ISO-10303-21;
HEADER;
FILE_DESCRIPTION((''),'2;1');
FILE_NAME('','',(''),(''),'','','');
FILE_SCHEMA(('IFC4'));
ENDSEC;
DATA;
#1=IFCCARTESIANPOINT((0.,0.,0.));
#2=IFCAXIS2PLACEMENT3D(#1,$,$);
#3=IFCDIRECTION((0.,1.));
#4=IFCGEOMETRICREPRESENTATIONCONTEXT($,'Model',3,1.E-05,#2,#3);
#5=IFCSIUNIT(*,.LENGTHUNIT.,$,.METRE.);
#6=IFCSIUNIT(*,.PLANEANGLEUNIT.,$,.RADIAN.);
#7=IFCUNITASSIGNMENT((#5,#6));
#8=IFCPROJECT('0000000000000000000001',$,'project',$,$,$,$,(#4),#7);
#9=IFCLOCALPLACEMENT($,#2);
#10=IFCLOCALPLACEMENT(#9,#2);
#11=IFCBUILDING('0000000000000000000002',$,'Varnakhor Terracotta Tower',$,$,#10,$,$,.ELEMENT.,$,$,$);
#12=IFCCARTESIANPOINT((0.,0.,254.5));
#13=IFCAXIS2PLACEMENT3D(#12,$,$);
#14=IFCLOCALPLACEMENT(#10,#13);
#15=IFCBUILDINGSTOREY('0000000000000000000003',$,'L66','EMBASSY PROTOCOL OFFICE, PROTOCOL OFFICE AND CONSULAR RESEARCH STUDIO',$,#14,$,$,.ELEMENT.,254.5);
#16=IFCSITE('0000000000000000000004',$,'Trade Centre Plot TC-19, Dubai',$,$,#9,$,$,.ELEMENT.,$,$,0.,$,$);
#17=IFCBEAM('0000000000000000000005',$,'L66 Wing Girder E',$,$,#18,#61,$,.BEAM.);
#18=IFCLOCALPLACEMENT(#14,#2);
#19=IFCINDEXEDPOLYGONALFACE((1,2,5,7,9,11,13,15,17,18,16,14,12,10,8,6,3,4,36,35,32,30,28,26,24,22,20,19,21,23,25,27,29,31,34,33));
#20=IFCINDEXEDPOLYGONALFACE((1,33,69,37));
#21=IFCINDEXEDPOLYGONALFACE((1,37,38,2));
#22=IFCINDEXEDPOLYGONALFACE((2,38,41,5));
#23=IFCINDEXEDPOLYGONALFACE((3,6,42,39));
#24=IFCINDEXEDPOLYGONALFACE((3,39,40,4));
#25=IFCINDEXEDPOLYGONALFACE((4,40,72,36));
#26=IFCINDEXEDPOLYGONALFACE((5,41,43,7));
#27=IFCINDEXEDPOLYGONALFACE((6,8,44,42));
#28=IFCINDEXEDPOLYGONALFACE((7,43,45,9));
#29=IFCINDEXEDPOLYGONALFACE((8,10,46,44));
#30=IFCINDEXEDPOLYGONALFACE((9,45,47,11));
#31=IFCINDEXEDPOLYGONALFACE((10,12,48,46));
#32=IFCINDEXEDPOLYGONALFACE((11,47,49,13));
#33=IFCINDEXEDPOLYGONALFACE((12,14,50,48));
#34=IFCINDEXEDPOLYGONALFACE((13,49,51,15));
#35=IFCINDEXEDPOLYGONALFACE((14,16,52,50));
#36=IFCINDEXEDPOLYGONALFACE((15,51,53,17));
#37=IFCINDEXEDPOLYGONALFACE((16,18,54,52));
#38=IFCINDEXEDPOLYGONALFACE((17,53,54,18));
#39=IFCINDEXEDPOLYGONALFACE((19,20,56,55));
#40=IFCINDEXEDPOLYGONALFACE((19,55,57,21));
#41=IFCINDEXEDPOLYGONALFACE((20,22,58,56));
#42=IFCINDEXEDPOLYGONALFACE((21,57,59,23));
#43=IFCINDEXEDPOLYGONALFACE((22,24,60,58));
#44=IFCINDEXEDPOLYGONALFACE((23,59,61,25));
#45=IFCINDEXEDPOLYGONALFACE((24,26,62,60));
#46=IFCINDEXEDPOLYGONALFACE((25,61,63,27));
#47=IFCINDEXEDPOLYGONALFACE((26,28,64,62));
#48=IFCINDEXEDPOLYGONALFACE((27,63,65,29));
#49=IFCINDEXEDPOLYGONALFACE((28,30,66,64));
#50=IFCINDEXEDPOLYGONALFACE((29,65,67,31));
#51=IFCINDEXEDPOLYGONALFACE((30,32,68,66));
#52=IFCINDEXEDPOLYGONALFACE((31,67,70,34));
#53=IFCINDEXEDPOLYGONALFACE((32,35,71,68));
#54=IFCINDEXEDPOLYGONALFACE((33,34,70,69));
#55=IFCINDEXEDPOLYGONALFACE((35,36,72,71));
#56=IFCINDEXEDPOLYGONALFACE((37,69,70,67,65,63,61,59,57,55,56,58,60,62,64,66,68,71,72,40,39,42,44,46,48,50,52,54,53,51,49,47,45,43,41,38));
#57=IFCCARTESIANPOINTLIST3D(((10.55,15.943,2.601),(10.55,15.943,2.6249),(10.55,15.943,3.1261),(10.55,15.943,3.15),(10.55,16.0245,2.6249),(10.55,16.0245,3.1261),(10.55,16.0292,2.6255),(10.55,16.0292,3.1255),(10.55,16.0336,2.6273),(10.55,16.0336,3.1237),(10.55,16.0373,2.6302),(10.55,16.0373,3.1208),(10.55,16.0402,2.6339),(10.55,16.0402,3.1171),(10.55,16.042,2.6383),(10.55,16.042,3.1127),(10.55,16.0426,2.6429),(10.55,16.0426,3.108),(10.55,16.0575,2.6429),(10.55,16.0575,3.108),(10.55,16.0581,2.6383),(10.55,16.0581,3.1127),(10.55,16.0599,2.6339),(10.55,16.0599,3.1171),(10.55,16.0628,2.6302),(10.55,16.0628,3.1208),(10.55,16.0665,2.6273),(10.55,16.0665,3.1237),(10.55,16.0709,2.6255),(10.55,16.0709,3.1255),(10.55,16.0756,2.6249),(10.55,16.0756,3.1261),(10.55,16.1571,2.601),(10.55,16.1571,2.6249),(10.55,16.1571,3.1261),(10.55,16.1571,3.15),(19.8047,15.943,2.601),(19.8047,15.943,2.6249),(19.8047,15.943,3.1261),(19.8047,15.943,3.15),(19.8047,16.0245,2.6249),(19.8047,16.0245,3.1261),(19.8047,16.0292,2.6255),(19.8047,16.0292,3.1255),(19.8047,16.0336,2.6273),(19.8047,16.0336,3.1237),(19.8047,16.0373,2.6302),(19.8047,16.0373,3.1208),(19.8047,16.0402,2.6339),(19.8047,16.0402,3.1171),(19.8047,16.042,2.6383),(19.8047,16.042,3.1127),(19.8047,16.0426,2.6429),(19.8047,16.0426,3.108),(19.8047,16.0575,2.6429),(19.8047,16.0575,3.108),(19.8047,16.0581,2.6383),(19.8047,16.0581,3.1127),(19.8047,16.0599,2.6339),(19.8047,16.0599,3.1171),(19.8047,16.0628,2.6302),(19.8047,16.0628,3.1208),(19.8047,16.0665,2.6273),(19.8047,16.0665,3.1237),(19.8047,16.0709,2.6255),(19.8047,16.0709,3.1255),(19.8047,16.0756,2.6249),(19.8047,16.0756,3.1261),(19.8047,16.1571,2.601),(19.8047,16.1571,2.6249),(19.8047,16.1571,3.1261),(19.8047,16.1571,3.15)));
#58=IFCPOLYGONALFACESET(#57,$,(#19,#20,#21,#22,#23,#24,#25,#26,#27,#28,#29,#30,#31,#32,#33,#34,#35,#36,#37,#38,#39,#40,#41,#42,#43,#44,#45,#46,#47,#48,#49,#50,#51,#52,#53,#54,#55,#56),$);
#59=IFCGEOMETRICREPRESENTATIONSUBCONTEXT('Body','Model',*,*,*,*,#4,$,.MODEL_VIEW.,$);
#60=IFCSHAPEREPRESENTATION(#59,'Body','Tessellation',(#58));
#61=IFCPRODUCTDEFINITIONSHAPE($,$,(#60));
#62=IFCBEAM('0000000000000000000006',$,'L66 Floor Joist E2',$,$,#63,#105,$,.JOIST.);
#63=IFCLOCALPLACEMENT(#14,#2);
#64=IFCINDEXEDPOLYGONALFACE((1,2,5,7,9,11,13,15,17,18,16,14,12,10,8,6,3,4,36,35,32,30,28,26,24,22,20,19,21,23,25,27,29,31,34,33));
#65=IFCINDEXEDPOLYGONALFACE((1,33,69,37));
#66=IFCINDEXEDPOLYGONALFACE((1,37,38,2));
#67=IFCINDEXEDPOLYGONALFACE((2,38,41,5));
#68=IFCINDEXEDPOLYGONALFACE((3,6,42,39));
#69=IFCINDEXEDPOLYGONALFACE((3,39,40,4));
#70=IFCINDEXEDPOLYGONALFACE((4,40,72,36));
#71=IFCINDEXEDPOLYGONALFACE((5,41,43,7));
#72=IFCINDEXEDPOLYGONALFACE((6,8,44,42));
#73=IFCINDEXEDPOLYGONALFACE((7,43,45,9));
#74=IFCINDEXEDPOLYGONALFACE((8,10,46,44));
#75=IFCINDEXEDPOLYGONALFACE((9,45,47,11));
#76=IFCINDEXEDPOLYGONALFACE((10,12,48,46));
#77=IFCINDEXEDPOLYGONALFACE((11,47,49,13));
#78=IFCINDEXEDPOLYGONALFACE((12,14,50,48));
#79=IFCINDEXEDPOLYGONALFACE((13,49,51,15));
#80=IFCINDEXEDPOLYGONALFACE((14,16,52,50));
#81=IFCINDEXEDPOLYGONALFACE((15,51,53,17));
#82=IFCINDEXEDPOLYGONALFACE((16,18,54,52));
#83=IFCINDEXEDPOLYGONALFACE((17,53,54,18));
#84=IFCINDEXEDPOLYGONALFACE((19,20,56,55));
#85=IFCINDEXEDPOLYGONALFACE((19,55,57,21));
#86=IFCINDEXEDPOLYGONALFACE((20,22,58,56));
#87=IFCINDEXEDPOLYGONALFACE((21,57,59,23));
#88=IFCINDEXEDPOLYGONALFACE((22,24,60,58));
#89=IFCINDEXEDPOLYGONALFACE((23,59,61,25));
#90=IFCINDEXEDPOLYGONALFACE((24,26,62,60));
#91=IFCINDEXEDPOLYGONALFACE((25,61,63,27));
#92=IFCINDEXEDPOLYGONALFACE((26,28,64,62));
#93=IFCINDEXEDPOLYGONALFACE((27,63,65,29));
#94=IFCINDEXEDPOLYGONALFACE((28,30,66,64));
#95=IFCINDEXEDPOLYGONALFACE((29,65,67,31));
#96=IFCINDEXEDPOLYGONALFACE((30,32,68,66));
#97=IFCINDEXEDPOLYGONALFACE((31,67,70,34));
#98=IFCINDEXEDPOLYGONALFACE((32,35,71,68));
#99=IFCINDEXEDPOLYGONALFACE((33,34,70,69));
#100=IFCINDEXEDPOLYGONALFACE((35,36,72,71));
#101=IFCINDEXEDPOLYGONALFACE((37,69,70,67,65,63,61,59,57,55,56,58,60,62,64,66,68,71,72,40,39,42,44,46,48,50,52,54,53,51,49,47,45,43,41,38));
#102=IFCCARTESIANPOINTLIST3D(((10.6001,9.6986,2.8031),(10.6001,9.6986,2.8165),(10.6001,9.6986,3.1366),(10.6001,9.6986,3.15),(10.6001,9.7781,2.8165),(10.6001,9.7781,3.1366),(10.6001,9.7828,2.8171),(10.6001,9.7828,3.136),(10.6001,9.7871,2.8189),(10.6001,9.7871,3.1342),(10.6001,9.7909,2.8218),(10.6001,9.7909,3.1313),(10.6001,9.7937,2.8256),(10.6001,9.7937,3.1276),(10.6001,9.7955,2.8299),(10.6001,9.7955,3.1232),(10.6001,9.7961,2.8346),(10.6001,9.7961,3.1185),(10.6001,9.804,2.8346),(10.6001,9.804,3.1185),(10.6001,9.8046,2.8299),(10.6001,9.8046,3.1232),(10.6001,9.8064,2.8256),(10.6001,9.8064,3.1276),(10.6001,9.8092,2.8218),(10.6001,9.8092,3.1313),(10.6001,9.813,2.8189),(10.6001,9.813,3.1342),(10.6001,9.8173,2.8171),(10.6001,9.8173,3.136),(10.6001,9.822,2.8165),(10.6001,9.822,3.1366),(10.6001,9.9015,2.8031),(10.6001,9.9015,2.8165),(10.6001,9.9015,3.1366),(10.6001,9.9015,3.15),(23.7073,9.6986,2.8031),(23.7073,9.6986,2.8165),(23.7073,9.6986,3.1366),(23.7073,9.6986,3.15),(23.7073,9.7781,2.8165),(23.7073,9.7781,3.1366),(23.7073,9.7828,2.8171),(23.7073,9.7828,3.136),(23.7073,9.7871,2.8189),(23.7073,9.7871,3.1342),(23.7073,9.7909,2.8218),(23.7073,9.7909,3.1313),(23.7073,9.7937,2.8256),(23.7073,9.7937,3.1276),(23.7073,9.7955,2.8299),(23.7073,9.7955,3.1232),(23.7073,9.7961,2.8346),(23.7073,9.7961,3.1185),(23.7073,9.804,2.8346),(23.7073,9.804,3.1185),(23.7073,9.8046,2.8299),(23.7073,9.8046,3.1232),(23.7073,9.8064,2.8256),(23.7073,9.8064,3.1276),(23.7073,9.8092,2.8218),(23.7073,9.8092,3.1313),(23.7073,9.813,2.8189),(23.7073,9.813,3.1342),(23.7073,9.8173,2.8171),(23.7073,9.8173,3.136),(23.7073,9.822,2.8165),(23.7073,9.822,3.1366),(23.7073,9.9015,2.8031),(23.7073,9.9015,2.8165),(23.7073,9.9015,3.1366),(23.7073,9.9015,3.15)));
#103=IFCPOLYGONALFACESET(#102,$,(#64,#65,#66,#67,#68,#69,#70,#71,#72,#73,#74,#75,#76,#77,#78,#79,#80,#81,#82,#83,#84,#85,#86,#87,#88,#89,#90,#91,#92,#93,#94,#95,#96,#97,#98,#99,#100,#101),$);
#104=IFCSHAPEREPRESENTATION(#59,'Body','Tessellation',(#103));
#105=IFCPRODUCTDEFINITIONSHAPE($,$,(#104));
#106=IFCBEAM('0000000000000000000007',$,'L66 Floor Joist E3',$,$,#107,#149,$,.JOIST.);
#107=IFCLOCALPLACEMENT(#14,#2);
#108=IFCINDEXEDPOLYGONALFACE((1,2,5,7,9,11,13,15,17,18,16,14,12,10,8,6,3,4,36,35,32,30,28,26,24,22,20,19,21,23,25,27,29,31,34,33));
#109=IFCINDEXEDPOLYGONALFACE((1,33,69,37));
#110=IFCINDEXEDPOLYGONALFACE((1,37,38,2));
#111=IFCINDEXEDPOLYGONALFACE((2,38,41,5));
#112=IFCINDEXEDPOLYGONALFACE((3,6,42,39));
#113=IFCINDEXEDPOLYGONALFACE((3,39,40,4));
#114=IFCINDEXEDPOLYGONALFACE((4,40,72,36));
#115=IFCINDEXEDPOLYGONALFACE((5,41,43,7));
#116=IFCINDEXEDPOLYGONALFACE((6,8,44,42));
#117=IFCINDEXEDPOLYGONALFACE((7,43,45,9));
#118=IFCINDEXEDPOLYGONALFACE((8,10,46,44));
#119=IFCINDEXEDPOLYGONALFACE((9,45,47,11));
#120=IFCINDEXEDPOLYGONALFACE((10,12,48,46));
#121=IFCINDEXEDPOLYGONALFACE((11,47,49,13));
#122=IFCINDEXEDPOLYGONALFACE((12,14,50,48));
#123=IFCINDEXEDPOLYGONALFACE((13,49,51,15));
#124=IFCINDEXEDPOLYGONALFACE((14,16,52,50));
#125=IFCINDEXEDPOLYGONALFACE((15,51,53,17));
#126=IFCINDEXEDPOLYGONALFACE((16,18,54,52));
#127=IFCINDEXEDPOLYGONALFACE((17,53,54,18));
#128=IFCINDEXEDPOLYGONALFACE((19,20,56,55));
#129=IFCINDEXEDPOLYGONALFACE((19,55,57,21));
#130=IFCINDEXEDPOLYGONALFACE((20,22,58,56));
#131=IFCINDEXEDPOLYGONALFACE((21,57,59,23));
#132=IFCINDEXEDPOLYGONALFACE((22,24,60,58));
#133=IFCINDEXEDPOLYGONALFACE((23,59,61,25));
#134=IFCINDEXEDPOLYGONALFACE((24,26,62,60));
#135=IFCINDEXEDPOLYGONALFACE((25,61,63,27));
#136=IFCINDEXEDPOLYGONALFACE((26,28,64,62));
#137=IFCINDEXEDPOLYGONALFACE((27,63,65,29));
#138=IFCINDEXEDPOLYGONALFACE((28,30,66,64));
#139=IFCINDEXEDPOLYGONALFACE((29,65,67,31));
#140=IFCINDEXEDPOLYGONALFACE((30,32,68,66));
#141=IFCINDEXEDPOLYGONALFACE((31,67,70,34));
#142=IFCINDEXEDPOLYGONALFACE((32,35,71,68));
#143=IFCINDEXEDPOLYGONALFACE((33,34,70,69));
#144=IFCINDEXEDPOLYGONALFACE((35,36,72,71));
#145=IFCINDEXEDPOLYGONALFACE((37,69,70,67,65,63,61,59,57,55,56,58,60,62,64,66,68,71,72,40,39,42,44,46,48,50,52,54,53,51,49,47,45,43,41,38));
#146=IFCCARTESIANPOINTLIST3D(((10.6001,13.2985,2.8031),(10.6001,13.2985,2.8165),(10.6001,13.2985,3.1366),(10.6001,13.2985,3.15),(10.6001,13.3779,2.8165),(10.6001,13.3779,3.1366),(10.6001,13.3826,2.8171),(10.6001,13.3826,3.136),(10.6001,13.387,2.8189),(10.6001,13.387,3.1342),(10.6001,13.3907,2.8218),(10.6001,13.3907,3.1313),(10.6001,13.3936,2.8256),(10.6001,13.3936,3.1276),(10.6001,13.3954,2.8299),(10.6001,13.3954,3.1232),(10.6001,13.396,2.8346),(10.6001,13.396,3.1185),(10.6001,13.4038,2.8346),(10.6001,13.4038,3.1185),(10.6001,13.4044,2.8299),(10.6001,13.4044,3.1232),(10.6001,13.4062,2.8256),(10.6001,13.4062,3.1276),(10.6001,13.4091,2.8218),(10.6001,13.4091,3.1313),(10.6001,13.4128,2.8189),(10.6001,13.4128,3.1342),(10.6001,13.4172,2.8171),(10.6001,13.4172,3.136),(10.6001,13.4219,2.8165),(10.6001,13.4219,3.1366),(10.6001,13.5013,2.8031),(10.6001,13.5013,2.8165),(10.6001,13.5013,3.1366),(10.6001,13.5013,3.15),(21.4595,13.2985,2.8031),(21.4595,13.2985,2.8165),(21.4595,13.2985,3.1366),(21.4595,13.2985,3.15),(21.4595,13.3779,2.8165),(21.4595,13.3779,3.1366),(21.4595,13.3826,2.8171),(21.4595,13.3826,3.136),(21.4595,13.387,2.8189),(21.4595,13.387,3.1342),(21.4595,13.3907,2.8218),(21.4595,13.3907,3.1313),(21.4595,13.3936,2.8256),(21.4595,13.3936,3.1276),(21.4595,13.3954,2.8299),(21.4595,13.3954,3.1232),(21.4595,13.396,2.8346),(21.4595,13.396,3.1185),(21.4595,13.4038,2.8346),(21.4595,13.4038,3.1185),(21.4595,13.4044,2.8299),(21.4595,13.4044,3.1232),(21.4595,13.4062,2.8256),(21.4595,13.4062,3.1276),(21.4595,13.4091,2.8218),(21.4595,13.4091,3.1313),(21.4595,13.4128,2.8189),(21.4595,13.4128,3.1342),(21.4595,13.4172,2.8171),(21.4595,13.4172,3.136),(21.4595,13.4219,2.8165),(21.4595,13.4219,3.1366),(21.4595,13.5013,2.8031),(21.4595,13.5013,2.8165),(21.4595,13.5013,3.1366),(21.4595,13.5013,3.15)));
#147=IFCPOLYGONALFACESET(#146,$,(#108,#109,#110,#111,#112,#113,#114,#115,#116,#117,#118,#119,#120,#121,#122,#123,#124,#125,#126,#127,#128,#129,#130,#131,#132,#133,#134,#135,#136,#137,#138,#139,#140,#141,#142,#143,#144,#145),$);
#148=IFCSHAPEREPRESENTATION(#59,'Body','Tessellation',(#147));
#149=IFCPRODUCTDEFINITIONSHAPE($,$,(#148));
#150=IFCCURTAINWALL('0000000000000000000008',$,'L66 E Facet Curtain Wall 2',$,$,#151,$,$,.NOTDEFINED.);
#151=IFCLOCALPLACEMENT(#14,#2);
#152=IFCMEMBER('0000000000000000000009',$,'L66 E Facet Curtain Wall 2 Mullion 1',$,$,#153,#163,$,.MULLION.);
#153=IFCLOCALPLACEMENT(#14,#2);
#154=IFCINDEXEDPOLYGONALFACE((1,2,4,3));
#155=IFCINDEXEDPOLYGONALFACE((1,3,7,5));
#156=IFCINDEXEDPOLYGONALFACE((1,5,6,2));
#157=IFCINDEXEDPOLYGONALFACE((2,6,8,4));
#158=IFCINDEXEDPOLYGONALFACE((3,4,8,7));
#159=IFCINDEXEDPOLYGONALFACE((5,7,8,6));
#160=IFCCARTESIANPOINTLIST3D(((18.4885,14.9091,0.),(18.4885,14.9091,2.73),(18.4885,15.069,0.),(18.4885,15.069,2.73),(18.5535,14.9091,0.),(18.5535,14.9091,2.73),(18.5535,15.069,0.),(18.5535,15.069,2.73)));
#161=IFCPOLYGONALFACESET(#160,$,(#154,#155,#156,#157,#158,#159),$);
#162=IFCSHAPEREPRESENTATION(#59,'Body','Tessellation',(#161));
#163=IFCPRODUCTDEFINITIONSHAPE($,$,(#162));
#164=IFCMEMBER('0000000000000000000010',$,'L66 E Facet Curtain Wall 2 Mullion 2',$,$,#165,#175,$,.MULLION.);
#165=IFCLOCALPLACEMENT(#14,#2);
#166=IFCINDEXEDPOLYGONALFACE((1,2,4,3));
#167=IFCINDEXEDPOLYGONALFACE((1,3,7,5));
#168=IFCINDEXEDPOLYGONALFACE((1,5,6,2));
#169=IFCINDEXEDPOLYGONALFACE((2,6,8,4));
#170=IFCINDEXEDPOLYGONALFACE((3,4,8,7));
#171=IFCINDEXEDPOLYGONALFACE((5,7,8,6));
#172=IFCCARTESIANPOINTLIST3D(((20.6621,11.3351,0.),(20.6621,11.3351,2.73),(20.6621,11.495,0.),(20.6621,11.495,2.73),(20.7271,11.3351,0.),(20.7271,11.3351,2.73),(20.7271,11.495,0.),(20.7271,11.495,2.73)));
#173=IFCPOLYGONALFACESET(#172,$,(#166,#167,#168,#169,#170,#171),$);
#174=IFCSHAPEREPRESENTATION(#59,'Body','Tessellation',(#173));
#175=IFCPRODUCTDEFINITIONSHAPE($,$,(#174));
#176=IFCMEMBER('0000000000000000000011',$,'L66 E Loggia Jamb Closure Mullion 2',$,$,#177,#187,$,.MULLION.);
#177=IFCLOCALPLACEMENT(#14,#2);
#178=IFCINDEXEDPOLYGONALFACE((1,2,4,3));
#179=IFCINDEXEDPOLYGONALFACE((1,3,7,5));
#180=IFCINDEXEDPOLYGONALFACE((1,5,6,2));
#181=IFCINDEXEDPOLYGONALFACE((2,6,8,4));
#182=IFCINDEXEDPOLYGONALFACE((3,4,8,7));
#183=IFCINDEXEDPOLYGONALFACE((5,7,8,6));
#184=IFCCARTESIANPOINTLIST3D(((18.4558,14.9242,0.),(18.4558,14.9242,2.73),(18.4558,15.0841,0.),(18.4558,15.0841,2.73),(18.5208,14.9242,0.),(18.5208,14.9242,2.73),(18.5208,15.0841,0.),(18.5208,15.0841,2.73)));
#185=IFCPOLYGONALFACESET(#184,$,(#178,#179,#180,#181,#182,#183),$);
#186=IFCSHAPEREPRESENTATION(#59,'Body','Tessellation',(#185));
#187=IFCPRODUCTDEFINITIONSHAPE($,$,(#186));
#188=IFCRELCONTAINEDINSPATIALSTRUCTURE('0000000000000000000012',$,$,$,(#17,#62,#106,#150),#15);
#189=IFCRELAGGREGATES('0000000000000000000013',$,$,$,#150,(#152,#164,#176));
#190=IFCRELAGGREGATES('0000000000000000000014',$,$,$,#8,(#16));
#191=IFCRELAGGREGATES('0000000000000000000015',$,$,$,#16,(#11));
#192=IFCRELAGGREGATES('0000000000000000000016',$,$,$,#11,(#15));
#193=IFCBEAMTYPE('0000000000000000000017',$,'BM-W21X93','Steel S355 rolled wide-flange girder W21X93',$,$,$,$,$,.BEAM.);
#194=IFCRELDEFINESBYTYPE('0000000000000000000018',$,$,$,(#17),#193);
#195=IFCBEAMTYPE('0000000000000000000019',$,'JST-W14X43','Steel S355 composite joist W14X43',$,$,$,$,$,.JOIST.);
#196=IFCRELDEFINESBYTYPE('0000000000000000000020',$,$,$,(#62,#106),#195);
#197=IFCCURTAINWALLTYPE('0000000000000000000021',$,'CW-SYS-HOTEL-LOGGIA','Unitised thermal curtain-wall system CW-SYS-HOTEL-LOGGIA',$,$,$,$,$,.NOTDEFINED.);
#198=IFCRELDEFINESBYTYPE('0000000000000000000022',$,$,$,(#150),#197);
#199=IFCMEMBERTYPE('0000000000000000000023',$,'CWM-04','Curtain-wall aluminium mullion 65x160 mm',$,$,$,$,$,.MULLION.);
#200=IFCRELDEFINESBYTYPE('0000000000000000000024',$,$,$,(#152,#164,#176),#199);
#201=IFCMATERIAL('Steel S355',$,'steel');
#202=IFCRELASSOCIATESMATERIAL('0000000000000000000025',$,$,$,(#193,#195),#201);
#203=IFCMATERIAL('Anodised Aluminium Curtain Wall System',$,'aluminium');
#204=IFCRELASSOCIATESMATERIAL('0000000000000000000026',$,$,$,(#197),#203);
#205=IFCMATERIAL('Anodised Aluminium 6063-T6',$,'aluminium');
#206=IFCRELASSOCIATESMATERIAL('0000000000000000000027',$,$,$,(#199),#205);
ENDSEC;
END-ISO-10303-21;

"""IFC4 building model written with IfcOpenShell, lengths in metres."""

from ifc_helpers import new_model, si_unit, direction, frame, origin, origin_2d, place, context, subcontext, project, spatial, rectangle, i_section, extrude, source, transform, mapped, material, material_profile, profile_set, type_object, element, aggregate, save


model = new_model("IFC4")

# Units and contexts
model_context = context("Model", 3, precision=1e-05, world=origin(), true_north=direction((0.0, 1.0)))
body_context = subcontext(model_context, "Body", "Model", "MODEL_VIEW")
ifc_project = project(units=[si_unit("LENGTHUNIT", "METRE"), si_unit("PLANEANGLEUNIT", "RADIAN")], contexts=[model_context])

# Site, building, storey
site_placement = place(None, origin())
site = spatial("IfcSite", under=ifc_project, at=site_placement, Name="Trade Centre Plot TC-19, Dubai", CompositionType="ELEMENT", RefElevation=0.0)
building_placement = place(site_placement, origin())
building = spatial("IfcBuilding", under=site, at=building_placement, Name="Varnakhor Terracotta Tower", CompositionType="ELEMENT")
storey_placement = place(building_placement, frame((0.0, 0.0, 254.5)))
storey = spatial("IfcBuildingStorey", under=building, at=storey_placement, Name="L66", Description="EMBASSY PROTOCOL OFFICE, PROTOCOL OFFICE AND CONSULAR RESEARCH STUDIO", CompositionType="ELEMENT", Elevation=254.5)

# Beams
ifc_material_1 = material(Name="Steel S355", Category="steel")
ifc_material_profile_1 = material_profile(ifc_material_1, i_section(OverallWidth=0.2141, OverallDepth=0.5491, WebThickness=0.0149, FlangeThickness=0.0239, FilletRadius=0.0181, at=origin_2d()), Name="W21X93")
ifc_profile_set_1 = profile_set([ifc_material_profile_1], Name="Steel S355")
beam_type_1 = type_object("IfcBeamType", Name="BM-W21X93", Description="Steel S355 rolled wide-flange girder W21X93", PredefinedType="BEAM", material=ifc_profile_set_1)
shared_shape_1 = source(origin(), body_context, "Body", "SweptSolid", [
    extrude(i_section(OverallWidth=0.2141, OverallDepth=0.5491, WebThickness=0.0149, FlangeThickness=0.0239, FilletRadius=0.0181, at=origin_2d()), origin(), (0.0, 0.0, 1.0), 9.2546),
])
beam_1_placement = place(storey_placement, frame((10.55, 16.05, 2.8755), z_axis=(1.0, 0.0, 0.0), x_axis=(0.0, 1.0, 0.0)))
element("IfcBeam", 1, at=beam_1_placement, inside=storey, type_object=beam_type_1, Name="L66 Wing Girder E", PredefinedType="BEAM", context=body_context, shape_type="MappedRepresentation", body=[
    mapped(shared_shape_1, transform((0.0, 0.0, 0.0), scale=1.0)),
])
ifc_material_profile_2 = material_profile(ifc_material_1, i_section(OverallWidth=0.2029, OverallDepth=0.3469, WebThickness=0.0078, FlangeThickness=0.0134, FilletRadius=0.0181, at=origin_2d()), Name="W14X43")
ifc_profile_set_2 = profile_set([ifc_material_profile_2], Name="Steel S355")
beam_type_2 = type_object("IfcBeamType", Name="JST-W14X43", Description="Steel S355 composite joist W14X43", PredefinedType="JOIST", material=ifc_profile_set_2)
shared_shape_2 = source(origin(), body_context, "Body", "SweptSolid", [
    extrude(i_section(OverallWidth=0.2029, OverallDepth=0.3469, WebThickness=0.0078, FlangeThickness=0.0134, FilletRadius=0.0181, at=origin_2d()), origin(), (0.0, 0.0, 1.0), 13.1072),
])
beam_2_placement = place(storey_placement, frame((10.6001, 9.8, 2.9766), z_axis=(1.0, 0.0, 0.0), x_axis=(0.0, 1.0, 0.0)))
element("IfcBeam", 2, at=beam_2_placement, inside=storey, type_object=beam_type_2, Name="L66 Floor Joist E2", PredefinedType="JOIST", context=body_context, shape_type="MappedRepresentation", body=[
    mapped(shared_shape_2, transform((0.0, 0.0, 0.0), scale=1.0)),
])
shared_shape_3 = source(origin(), body_context, "Body", "SweptSolid", [
    extrude(i_section(OverallWidth=0.2029, OverallDepth=0.3469, WebThickness=0.0078, FlangeThickness=0.0134, FilletRadius=0.0181, at=origin_2d()), origin(), (0.0, 0.0, 1.0), 10.8594),
])
beam_3_placement = place(storey_placement, frame((10.6001, 13.3999, 2.9766), z_axis=(1.0, 0.0, 0.0), x_axis=(0.0, 1.0, 0.0)))
element("IfcBeam", 3, at=beam_3_placement, inside=storey, type_object=beam_type_2, Name="L66 Floor Joist E3", PredefinedType="JOIST", context=body_context, shape_type="MappedRepresentation", body=[
    mapped(shared_shape_3, transform((0.0, 0.0, 0.0), scale=1.0)),
])

# Curtain wall, members
ifc_material_2 = material(Name="Anodised Aluminium Curtain Wall System", Category="aluminium")
curtain_wall_type = type_object("IfcCurtainWallType", Name="CW-SYS-HOTEL-LOGGIA", Description="Unitised thermal curtain-wall system CW-SYS-HOTEL-LOGGIA", PredefinedType="NOTDEFINED", material=ifc_material_2)
curtain_wall_placement = place(storey_placement, origin())
curtain_wall = element("IfcCurtainWall", 4, at=curtain_wall_placement, inside=storey, type_object=curtain_wall_type, Name="L66 E Facet Curtain Wall 2", PredefinedType="NOTDEFINED")
ifc_material_3 = material(Name="Anodised Aluminium 6063-T6", Category="aluminium")
ifc_material_profile_3 = material_profile(ifc_material_3, rectangle(XDim=0.0649, YDim=0.1599, at=origin_2d()), Name="ALU MULLION 65x160")
ifc_profile_set_3 = profile_set([ifc_material_profile_3], Name="Anodised Aluminium 6063-T6")
member_type_1 = type_object("IfcMemberType", Name="CWM-04", Description="Curtain-wall aluminium mullion 65x160 mm", PredefinedType="MULLION", material=ifc_profile_set_3)
shared_shape_4 = source(origin(), body_context, "Body", "SweptSolid", [
    extrude(rectangle(XDim=0.0649, YDim=0.1599, at=origin_2d()), origin(), (0.0, 0.0, 1.0), 2.73),
])
member_1_placement = place(storey_placement, frame((18.521, 14.989, 0.0), z_axis=(0.0, 0.0, 1.0), x_axis=(1.0, 0.0, 0.0)))
member_1 = element("IfcMember", 5, at=member_1_placement, type_object=member_type_1, Name="L66 E Facet Curtain Wall 2 Mullion 1", PredefinedType="MULLION", context=body_context, shape_type="MappedRepresentation", body=[
    mapped(shared_shape_4, transform((0.0, 0.0, 0.0), scale=1.0)),
])
member_2_placement = place(storey_placement, frame((20.6946, 11.415, 0.0), z_axis=(0.0, 0.0, 1.0), x_axis=(1.0, 0.0, 0.0)))
member_2 = element("IfcMember", 6, at=member_2_placement, type_object=member_type_1, Name="L66 E Facet Curtain Wall 2 Mullion 2", PredefinedType="MULLION", context=body_context, shape_type="MappedRepresentation", body=[
    mapped(shared_shape_4, transform((0.0, 0.0, 0.0), scale=1.0)),
])
member_3_placement = place(storey_placement, frame((18.4883, 15.0042, 0.0), z_axis=(0.0, 0.0, 1.0), x_axis=(1.0, 0.0, 0.0)))
member_3 = element("IfcMember", 7, at=member_3_placement, type_object=member_type_1, Name="L66 E Loggia Jamb Closure Mullion 2", PredefinedType="MULLION", context=body_context, shape_type="MappedRepresentation", body=[
    mapped(shared_shape_4, transform((0.0, 0.0, 0.0), scale=1.0)),
])
aggregate(curtain_wall, [member_1, member_2, member_3])

save(model, "model.ifc")
